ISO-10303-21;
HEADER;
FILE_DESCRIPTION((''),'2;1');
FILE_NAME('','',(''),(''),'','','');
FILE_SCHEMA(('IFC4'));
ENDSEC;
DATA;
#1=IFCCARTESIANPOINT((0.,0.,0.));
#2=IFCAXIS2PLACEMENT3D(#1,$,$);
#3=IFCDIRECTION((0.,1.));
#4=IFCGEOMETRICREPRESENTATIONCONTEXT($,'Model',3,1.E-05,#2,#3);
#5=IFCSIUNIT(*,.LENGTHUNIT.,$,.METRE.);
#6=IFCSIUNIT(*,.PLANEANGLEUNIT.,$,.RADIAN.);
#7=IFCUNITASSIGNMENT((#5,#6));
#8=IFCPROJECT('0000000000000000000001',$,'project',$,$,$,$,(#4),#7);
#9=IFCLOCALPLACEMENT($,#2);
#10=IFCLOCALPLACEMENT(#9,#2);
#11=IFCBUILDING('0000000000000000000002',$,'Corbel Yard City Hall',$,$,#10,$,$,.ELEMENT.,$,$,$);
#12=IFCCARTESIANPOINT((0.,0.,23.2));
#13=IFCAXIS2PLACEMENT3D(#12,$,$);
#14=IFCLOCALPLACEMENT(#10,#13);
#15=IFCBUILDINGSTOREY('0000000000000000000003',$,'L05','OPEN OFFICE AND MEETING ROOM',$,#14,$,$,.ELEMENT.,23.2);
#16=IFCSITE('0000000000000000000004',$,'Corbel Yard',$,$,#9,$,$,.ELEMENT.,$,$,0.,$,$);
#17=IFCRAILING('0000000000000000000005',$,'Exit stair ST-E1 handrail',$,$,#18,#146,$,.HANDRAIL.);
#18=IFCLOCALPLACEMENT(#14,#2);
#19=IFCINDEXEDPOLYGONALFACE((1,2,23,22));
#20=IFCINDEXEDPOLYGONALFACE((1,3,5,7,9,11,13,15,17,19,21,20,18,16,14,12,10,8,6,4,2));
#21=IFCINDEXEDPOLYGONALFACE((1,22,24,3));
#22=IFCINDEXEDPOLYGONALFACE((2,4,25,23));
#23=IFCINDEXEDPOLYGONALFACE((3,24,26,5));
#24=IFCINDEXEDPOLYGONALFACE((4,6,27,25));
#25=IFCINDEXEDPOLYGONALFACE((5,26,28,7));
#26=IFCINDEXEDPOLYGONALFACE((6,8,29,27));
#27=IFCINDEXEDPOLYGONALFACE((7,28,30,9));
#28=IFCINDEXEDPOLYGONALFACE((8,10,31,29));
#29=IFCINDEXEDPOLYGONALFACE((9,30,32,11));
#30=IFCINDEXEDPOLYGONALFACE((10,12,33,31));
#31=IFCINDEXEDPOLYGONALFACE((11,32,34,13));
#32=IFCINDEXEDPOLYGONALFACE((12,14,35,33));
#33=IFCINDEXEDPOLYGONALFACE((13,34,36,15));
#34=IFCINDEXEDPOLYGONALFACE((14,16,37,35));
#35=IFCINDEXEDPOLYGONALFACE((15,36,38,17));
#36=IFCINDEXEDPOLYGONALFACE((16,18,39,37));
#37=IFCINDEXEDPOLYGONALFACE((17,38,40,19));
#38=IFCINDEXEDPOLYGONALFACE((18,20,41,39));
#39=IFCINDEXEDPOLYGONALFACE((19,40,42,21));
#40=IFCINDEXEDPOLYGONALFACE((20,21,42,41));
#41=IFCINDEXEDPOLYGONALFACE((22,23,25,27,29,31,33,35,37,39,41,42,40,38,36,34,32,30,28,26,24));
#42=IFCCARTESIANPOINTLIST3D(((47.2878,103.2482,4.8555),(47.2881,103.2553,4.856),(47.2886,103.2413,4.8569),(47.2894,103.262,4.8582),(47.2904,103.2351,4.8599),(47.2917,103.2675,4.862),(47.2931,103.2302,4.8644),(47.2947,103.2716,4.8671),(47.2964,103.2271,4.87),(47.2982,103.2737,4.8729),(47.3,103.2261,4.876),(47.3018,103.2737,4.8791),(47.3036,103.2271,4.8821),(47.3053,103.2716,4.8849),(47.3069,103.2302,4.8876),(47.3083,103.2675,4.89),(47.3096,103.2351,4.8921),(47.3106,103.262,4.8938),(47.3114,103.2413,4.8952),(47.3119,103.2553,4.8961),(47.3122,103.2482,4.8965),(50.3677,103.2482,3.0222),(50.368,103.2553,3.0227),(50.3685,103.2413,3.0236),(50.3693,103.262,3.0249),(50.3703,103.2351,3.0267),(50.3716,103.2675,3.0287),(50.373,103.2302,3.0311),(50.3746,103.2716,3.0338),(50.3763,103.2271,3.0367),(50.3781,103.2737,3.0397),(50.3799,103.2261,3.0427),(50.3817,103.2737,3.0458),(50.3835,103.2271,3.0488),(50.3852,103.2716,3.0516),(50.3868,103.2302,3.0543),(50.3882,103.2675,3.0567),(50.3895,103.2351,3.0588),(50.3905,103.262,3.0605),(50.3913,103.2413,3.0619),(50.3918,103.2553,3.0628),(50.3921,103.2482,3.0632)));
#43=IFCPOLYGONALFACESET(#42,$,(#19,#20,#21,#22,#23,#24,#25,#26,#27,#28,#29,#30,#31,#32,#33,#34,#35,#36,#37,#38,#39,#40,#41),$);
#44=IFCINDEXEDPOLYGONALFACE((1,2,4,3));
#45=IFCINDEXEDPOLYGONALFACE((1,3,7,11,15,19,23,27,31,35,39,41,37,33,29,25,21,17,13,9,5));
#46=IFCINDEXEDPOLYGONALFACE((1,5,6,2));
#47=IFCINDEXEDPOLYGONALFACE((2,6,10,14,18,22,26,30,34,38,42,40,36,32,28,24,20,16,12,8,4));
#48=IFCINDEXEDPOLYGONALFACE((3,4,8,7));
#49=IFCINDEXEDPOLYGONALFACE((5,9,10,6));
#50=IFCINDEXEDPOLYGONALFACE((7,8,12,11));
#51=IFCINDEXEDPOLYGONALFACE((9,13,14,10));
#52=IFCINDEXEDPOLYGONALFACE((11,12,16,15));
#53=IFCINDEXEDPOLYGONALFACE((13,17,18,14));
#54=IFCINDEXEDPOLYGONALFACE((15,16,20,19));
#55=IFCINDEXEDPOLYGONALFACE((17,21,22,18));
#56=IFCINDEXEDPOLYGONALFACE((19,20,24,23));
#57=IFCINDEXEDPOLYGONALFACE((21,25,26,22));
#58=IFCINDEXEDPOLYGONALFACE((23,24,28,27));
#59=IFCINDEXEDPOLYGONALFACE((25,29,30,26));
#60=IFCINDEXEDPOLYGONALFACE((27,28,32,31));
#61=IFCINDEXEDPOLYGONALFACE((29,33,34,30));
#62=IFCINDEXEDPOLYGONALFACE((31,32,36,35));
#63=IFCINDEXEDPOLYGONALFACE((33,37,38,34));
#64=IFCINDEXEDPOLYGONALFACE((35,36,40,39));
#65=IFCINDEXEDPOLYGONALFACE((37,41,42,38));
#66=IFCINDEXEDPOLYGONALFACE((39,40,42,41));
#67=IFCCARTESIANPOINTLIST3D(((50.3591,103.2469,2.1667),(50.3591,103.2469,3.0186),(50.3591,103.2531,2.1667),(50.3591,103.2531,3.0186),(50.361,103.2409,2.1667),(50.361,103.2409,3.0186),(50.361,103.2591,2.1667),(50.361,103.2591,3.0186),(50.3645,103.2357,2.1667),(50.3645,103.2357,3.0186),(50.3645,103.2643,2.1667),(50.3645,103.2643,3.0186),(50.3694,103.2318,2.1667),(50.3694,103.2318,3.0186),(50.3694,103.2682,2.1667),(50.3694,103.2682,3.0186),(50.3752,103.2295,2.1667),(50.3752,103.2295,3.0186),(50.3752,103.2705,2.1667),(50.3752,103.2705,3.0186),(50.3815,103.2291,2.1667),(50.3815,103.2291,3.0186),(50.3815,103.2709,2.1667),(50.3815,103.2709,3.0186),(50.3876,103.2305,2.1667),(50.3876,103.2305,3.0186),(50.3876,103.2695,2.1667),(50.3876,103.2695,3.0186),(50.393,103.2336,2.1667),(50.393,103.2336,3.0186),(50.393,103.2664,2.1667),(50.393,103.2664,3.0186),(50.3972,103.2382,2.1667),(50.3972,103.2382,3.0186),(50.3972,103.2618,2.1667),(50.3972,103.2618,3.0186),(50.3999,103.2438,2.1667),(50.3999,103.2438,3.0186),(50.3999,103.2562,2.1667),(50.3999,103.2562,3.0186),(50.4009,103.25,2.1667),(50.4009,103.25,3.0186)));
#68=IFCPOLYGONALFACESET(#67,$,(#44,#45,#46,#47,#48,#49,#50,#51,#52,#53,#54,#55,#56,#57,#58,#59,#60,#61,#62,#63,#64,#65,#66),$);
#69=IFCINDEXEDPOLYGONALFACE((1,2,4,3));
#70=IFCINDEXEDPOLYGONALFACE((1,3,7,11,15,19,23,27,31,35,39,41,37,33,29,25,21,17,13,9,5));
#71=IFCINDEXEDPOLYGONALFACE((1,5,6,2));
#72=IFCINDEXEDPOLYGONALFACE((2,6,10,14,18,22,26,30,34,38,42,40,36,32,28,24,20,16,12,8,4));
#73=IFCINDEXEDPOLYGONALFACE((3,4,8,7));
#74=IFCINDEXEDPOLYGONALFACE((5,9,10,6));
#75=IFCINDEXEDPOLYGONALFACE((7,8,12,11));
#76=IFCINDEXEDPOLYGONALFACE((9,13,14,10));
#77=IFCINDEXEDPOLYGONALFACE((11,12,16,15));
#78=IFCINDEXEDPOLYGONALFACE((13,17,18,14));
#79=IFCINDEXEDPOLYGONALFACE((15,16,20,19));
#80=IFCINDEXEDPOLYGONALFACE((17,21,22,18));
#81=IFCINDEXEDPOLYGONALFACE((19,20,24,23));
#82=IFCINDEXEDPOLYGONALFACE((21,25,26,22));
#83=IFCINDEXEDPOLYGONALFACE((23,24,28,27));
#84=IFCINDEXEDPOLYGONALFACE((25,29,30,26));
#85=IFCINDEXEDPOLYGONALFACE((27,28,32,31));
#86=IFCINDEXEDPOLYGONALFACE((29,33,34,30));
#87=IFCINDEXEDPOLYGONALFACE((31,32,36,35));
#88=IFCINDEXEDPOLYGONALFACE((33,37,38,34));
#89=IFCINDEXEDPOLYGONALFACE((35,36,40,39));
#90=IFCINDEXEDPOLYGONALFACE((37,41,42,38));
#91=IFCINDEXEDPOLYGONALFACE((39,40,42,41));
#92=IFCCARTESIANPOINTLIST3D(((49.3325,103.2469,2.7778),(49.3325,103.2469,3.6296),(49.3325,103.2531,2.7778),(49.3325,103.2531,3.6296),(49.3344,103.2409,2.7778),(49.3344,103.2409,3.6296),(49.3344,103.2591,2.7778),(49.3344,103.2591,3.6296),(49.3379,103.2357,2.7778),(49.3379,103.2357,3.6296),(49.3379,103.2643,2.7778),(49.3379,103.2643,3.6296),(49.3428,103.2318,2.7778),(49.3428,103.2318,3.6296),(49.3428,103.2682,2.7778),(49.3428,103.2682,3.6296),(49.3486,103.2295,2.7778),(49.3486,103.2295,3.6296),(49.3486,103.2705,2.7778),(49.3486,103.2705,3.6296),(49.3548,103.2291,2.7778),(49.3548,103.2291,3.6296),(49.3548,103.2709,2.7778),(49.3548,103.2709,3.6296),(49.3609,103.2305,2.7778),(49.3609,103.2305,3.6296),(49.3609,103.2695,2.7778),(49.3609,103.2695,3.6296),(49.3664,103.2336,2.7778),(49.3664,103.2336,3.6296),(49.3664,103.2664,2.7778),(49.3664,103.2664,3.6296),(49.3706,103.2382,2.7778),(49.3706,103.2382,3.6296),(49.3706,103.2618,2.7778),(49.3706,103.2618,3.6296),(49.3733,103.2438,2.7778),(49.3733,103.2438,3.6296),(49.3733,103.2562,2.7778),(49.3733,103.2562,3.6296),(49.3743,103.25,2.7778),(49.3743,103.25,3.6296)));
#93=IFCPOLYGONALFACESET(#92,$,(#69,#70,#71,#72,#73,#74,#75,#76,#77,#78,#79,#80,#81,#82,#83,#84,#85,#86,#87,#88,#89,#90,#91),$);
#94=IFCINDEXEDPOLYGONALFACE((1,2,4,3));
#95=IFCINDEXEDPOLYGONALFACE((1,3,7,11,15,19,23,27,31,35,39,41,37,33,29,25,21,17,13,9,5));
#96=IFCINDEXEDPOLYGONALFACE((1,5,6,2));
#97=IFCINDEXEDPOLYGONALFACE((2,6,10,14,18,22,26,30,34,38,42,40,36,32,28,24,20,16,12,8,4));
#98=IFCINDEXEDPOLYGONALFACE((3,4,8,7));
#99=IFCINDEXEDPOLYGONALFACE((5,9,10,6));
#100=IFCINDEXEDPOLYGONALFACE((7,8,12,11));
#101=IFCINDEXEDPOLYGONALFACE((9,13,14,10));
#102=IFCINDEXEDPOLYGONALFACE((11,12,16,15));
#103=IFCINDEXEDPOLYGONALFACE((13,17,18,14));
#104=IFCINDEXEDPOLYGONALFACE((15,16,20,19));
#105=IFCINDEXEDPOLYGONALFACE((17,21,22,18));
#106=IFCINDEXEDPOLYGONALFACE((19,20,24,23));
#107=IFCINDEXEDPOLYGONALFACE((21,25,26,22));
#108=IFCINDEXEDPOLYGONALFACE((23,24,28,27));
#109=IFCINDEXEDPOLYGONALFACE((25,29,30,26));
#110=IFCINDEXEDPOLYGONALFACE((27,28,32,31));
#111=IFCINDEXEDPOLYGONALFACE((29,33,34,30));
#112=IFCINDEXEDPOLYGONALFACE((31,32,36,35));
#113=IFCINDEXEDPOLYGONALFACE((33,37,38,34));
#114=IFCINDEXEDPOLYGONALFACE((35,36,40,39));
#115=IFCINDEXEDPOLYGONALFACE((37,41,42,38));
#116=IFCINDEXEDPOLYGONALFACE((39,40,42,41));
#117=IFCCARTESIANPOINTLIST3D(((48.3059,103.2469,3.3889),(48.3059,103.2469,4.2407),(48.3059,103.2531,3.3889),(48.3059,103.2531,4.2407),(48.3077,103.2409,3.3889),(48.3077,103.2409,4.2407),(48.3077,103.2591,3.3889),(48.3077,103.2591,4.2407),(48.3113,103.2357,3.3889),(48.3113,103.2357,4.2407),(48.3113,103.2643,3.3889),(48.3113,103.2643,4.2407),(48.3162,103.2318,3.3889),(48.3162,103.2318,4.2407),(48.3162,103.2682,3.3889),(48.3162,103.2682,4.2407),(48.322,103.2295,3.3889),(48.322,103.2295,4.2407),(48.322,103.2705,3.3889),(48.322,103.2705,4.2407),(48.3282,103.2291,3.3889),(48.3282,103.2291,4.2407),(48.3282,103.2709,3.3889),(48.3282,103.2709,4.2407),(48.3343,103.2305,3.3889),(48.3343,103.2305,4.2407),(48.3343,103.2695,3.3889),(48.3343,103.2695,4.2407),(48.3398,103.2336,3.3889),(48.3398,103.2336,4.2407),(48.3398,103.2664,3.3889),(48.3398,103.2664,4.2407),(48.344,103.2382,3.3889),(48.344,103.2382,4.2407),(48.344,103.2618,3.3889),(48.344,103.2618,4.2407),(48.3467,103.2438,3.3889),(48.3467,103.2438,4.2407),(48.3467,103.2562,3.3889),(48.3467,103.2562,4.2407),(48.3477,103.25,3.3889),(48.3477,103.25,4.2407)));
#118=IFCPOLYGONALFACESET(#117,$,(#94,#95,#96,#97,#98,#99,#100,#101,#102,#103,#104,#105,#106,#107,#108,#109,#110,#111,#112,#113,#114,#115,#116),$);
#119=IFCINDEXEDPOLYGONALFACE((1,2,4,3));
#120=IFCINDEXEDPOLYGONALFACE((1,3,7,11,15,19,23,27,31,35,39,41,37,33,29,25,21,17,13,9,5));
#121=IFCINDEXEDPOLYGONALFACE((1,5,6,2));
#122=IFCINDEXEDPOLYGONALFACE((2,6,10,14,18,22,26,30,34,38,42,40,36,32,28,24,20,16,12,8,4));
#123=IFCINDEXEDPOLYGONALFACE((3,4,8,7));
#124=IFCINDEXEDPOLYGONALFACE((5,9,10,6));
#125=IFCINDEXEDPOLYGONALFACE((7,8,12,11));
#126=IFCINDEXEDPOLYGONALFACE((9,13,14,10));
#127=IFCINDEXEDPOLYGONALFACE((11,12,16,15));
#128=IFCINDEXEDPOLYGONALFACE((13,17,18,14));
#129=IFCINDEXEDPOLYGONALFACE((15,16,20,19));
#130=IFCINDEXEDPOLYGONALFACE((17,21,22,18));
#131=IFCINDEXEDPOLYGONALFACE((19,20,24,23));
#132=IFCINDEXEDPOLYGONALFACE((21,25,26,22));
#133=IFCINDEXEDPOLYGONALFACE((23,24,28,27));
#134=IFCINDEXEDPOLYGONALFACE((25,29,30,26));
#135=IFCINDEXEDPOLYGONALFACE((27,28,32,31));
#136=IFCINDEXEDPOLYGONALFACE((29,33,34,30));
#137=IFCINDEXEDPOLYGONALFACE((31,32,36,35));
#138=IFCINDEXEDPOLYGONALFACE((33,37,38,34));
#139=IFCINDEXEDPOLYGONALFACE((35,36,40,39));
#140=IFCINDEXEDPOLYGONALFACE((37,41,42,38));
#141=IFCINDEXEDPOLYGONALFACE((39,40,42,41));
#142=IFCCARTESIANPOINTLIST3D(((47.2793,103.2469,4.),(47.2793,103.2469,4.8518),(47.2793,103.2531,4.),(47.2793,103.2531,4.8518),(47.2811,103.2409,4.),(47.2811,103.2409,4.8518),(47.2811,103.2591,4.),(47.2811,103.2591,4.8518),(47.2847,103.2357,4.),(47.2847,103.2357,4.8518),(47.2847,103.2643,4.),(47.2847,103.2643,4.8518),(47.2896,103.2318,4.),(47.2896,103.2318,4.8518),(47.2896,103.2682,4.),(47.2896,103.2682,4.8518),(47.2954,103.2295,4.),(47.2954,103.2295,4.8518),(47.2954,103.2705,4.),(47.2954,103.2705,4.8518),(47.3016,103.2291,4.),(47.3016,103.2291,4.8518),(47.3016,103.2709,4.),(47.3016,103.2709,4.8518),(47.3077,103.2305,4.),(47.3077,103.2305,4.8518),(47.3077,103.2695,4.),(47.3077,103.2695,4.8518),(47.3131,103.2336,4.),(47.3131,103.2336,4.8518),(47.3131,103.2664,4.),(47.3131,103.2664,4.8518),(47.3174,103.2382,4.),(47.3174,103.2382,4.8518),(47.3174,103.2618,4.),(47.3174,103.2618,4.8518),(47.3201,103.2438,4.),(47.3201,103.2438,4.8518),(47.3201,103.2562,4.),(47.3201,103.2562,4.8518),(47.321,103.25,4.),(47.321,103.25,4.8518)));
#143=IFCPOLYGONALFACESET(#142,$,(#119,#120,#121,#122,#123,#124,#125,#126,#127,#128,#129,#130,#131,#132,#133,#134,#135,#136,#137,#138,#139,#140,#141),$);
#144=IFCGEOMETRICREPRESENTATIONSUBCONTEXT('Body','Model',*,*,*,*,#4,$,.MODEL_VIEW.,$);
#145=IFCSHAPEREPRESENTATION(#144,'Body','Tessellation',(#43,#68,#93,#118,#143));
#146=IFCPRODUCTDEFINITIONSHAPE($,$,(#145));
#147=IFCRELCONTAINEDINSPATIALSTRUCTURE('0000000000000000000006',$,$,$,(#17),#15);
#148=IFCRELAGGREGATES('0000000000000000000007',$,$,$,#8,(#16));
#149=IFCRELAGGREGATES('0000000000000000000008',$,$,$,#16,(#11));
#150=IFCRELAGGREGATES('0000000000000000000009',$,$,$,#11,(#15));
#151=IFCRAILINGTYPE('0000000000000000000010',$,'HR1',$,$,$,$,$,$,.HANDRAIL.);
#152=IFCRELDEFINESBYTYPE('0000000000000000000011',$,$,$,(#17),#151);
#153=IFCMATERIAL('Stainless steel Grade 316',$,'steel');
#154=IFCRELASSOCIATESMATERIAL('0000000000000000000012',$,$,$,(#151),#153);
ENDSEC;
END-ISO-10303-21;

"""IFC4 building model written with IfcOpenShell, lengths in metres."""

from ifc_helpers import new_model, si_unit, direction, frame, origin, origin_2d, place, context, subcontext, project, spatial, circle, extrude, material, type_object, element, save


model = new_model("IFC4")

# Units and contexts
model_context = context("Model", 3, precision=1e-05, world=origin(), true_north=direction((0.0, 1.0)))
body_context = subcontext(model_context, "Body", "Model", "MODEL_VIEW")
ifc_project = project(units=[si_unit("LENGTHUNIT", "METRE"), si_unit("PLANEANGLEUNIT", "RADIAN")], contexts=[model_context])

# Site, building, storey
site_placement = place(None, origin())
site = spatial("IfcSite", under=ifc_project, at=site_placement, Name="Corbel Yard", CompositionType="ELEMENT", RefElevation=0.0)
building_placement = place(site_placement, origin())
building = spatial("IfcBuilding", under=site, at=building_placement, Name="Corbel Yard City Hall", CompositionType="ELEMENT")
storey_placement = place(building_placement, frame((0.0, 0.0, 23.2)))
storey = spatial("IfcBuildingStorey", under=building, at=storey_placement, Name="L05", Description="OPEN OFFICE AND MEETING ROOM", CompositionType="ELEMENT", Elevation=23.2)

# Railing
ifc_material_1 = material(Name="Stainless steel Grade 316", Category="steel")
railing_type = type_object("IfcRailingType", Name="HR1", PredefinedType="HANDRAIL", material=ifc_material_1)
for number, where, name in (
    (1, (50.3799, 103.25, 2.1667), "Exit stair ST-E1 handrail"),
):
    element("IfcRailing", number, at=place(storey_placement, frame(where)), inside=storey, type_object=railing_type, Name=name, PredefinedType="HANDRAIL", context=body_context, shape_type="SweptSolid", body=[
        extrude(circle(Radius=0.0239, at=origin_2d()), frame((0.0, 0.0, 0.876), z_axis=(-0.859291, 0.0, 0.511487), x_axis=(0.0, -1.0, 0.0)), (0.0, 0.0, 1.0), 3.5842),
        extrude(circle(Radius=0.021, at=origin_2d()), origin(), (0.0, 0.0, 1.0), 0.8518),
        extrude(circle(Radius=0.021, at=origin_2d()), frame((-1.0266, 0.0, 0.6111)), (0.0, 0.0, 1.0), 0.8518),
        extrude(circle(Radius=0.021, at=origin_2d()), frame((-2.0532, 0.0, 1.2222)), (0.0, 0.0, 1.0), 0.8518),
        extrude(circle(Radius=0.021, at=origin_2d()), frame((-3.0798, 0.0, 1.8333)), (0.0, 0.0, 1.0), 0.8518),
    ])

save(model, "model.ifc")
